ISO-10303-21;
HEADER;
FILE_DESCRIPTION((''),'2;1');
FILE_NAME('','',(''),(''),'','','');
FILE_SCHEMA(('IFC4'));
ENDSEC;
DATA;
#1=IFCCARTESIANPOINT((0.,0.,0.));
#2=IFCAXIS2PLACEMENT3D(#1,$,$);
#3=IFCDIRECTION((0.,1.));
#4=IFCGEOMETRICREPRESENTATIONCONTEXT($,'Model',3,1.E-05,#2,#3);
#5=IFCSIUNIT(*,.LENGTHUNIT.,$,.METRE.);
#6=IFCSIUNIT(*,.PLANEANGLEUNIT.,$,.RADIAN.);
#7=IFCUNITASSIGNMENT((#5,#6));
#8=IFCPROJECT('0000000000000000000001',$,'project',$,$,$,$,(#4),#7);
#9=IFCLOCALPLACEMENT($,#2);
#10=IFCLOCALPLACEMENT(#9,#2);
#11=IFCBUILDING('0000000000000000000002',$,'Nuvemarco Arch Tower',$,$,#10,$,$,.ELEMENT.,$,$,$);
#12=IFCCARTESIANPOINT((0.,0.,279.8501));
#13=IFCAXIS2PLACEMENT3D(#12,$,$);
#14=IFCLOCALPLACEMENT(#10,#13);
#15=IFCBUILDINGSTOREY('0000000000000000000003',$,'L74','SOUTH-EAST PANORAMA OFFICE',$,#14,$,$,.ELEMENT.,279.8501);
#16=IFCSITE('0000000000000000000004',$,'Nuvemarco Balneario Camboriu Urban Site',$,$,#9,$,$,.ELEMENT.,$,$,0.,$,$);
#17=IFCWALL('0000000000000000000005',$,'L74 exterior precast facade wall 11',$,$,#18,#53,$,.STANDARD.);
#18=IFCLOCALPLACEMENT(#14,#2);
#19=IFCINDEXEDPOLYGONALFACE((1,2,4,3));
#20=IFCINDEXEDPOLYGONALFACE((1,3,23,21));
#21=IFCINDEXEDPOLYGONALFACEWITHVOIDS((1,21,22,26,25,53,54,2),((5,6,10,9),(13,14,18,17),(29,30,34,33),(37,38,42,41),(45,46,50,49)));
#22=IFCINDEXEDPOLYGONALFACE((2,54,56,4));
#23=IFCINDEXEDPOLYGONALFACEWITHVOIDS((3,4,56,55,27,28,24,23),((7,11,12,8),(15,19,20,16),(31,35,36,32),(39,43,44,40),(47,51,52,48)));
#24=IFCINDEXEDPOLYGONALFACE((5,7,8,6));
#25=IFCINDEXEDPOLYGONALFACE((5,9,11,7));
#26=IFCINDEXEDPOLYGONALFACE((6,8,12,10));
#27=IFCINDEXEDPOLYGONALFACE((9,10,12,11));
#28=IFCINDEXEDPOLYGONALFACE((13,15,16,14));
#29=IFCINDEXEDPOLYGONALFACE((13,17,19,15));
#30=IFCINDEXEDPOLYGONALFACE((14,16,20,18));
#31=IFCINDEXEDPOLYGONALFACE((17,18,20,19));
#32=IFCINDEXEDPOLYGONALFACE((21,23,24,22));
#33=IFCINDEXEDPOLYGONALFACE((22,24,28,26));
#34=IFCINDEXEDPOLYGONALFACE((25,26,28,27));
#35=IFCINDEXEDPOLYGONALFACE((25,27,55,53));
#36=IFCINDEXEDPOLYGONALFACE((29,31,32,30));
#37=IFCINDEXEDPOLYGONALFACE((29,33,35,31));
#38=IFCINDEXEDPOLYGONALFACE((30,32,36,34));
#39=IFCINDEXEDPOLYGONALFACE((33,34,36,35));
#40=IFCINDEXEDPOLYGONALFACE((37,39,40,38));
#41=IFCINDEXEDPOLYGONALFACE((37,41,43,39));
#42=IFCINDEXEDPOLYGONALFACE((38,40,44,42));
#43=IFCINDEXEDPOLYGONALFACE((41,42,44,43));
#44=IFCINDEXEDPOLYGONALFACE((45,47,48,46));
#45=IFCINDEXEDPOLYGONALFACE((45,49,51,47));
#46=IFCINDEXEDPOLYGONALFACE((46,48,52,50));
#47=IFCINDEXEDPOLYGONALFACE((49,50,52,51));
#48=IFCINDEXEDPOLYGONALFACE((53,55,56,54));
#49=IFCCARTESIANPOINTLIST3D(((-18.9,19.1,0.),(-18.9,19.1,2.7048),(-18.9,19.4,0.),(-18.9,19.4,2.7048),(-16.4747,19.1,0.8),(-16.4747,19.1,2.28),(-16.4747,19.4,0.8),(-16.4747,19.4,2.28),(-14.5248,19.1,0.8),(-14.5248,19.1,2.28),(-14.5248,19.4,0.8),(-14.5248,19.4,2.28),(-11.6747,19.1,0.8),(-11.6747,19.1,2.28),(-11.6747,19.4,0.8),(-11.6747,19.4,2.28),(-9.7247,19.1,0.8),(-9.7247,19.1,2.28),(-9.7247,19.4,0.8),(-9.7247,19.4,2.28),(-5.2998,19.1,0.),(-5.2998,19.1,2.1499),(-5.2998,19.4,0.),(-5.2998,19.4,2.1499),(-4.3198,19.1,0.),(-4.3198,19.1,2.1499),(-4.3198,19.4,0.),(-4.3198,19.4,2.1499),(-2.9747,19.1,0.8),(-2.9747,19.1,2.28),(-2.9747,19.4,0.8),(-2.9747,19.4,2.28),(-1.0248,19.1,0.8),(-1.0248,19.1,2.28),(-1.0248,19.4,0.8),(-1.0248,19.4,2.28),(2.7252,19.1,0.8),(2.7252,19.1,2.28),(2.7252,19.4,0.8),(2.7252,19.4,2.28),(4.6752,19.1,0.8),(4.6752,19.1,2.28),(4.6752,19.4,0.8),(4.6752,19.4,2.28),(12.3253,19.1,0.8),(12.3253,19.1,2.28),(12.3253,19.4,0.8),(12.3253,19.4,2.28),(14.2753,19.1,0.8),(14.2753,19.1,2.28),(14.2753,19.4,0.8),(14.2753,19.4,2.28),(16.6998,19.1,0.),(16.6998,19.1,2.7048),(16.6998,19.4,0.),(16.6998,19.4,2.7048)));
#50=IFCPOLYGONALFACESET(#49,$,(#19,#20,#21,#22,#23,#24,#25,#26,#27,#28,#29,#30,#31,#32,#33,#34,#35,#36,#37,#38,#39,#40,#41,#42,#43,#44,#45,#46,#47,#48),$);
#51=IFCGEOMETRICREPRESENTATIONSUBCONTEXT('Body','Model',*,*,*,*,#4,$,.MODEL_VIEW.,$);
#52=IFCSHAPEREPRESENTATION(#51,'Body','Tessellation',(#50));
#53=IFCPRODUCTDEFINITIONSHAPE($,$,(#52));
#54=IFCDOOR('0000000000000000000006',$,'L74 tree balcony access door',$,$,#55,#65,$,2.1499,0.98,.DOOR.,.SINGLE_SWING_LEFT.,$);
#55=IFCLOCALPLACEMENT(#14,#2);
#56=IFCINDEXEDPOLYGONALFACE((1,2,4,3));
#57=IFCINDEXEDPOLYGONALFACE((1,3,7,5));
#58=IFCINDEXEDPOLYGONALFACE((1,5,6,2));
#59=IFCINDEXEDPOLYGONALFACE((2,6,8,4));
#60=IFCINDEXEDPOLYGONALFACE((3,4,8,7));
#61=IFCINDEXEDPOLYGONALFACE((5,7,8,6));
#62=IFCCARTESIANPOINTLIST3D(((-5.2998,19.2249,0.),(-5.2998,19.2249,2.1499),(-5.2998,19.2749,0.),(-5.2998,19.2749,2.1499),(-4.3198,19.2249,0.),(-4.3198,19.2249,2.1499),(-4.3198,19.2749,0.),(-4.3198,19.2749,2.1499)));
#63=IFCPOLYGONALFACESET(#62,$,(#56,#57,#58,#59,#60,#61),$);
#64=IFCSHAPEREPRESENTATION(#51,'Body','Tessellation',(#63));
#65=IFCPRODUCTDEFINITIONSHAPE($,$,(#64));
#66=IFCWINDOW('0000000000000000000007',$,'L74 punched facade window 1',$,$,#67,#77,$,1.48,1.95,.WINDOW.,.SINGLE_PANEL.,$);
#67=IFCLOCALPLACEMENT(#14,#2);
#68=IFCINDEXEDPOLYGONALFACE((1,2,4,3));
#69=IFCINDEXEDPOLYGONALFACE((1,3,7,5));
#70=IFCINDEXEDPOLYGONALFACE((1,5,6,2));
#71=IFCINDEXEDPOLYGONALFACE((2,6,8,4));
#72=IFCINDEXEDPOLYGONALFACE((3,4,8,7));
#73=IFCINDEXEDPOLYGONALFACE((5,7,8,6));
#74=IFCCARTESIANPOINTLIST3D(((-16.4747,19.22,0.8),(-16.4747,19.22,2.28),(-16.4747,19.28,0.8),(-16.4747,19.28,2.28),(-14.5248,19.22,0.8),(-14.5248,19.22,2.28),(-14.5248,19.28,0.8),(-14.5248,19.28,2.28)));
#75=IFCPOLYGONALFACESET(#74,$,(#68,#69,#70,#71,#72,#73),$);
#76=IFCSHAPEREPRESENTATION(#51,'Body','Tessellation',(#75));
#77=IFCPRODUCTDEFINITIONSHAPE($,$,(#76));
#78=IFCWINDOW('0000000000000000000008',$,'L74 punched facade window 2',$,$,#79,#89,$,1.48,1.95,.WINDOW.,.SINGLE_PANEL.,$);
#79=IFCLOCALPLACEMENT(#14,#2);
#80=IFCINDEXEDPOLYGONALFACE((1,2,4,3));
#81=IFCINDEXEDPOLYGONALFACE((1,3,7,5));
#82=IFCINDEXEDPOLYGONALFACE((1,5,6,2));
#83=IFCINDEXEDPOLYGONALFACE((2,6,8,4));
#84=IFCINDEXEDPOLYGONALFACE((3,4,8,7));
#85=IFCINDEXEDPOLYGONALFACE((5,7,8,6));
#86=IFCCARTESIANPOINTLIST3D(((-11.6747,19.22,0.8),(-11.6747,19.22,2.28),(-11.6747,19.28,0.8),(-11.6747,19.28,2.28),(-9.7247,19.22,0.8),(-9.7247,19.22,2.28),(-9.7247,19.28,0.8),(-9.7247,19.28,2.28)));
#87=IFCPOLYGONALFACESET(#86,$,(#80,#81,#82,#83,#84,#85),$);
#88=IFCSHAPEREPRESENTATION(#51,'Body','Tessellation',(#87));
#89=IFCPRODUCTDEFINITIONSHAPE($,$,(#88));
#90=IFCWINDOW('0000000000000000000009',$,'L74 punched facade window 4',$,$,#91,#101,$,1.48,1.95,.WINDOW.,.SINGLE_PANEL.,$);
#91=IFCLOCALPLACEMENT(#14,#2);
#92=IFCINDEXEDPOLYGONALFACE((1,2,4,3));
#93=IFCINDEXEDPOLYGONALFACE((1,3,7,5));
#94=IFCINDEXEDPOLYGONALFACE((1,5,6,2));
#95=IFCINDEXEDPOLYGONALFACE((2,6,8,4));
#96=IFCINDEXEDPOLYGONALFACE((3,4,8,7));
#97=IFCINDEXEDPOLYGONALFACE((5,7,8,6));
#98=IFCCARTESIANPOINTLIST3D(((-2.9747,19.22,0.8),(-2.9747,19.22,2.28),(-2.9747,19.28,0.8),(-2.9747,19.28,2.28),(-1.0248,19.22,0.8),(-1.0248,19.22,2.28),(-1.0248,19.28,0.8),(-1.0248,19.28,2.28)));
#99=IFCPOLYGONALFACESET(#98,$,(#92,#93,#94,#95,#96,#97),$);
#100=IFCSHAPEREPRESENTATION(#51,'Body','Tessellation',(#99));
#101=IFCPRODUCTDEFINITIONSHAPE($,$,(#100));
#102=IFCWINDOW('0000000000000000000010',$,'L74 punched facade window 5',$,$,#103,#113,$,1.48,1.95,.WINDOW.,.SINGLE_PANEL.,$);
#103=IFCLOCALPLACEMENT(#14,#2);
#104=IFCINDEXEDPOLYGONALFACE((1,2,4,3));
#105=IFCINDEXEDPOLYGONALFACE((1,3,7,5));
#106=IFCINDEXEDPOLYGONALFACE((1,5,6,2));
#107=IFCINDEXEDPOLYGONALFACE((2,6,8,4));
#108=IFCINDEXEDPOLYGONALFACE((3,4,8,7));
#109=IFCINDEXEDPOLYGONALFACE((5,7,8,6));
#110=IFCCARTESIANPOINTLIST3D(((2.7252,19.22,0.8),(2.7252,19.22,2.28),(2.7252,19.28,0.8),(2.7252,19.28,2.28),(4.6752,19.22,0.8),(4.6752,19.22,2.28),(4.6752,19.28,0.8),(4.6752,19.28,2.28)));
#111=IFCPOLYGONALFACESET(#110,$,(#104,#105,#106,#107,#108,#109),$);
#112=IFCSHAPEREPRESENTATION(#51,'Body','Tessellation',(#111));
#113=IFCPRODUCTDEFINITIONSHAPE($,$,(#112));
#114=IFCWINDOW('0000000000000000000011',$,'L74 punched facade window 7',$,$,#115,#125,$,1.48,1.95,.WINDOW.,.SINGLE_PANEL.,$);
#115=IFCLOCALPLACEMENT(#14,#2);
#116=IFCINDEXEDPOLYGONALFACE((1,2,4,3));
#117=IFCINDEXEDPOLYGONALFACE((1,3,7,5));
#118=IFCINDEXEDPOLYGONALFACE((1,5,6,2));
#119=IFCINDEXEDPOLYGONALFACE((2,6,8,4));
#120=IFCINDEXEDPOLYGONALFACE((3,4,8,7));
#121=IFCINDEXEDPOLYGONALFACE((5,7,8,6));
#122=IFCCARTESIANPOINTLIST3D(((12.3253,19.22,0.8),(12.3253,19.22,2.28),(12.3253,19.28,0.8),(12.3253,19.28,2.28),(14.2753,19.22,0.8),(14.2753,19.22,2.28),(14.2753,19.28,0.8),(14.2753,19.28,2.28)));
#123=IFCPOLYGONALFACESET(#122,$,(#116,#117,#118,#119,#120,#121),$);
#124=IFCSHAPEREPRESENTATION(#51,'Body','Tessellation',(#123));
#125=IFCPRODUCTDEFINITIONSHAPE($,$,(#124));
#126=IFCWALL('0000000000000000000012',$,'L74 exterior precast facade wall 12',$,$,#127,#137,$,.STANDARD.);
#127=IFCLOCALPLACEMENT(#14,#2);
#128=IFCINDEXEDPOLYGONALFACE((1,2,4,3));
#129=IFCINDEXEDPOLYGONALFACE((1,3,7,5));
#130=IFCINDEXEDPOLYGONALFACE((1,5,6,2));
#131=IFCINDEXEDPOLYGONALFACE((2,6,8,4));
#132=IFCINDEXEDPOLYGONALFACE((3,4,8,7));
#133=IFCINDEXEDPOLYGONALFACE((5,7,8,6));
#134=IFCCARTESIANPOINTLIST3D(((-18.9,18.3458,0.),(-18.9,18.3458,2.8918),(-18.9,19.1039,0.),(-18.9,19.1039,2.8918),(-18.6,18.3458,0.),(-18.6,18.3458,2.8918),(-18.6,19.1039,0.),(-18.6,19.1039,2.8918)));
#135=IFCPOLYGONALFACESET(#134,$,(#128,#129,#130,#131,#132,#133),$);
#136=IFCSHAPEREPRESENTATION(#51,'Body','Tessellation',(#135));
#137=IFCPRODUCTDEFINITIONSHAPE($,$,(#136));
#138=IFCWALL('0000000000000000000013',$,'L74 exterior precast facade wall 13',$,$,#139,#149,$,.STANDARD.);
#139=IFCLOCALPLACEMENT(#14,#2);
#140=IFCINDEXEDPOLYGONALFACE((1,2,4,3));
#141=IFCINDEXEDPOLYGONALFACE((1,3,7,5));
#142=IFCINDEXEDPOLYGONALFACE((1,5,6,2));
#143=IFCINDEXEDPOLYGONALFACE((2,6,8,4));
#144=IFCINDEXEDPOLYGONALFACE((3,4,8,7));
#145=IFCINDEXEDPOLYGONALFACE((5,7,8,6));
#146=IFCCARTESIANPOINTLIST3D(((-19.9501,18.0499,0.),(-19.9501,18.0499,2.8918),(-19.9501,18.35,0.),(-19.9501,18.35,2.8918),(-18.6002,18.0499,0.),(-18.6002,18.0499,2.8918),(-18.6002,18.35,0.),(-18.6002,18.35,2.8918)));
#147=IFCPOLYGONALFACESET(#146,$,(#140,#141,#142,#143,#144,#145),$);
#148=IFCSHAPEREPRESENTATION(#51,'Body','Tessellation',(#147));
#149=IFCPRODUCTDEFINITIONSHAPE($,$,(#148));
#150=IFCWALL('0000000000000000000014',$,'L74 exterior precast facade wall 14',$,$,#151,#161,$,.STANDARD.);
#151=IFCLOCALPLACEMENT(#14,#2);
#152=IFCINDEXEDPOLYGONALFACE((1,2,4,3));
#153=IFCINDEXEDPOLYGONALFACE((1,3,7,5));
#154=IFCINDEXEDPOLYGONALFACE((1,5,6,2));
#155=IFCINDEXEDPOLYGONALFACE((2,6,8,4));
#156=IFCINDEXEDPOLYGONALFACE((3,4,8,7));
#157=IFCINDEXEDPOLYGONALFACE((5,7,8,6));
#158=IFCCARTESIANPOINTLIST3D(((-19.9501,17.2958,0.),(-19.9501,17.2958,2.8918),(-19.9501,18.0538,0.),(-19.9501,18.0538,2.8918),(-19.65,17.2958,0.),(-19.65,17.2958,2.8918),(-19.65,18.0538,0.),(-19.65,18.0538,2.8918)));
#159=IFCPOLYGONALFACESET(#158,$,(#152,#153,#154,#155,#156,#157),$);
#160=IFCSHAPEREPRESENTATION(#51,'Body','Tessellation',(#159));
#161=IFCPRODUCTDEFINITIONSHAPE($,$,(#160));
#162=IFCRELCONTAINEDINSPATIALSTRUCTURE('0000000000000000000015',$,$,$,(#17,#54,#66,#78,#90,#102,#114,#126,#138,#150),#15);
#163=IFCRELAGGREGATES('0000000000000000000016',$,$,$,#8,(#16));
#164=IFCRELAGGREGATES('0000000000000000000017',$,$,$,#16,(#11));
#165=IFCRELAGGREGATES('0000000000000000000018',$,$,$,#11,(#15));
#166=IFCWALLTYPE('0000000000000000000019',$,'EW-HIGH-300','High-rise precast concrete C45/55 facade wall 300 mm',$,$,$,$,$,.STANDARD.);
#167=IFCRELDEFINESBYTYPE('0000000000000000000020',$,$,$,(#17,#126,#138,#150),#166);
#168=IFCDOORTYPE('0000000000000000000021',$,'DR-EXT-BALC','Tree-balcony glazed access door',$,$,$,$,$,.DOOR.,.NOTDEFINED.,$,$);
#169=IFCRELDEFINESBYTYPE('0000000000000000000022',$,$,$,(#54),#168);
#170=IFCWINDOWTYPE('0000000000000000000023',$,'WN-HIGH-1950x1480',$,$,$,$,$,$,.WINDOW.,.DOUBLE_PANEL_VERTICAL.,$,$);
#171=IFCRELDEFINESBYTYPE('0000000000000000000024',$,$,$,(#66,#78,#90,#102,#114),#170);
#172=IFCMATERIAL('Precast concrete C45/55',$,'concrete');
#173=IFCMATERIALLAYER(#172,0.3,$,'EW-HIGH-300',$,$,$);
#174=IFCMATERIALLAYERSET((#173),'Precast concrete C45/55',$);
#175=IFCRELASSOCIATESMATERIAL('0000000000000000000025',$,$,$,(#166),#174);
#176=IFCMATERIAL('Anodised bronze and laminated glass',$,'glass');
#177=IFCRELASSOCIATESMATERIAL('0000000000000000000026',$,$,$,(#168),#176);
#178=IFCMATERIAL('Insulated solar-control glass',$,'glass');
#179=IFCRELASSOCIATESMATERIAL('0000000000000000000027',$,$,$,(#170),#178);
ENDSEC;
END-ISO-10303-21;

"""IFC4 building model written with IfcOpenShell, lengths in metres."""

from ifc_helpers import new_model, si_unit, direction, frame, frame_2d, origin, place, context, subcontext, project, spatial, rectangle, extrude, source, transform, mapped, material, layer, layer_set, type_object, type_shapes, element, fill, save


model = new_model("IFC4")

# Units and contexts
model_context = context("Model", 3, precision=1e-05, world=origin(), true_north=direction((0.0, 1.0)))
body_context = subcontext(model_context, "Body", "Model", "MODEL_VIEW")
ifc_project = project(units=[si_unit("LENGTHUNIT", "METRE"), si_unit("PLANEANGLEUNIT", "RADIAN")], contexts=[model_context])

# Site, building, storey
site_placement = place(None, origin())
site = spatial("IfcSite", under=ifc_project, at=site_placement, Name="Nuvemarco Balneario Camboriu Urban Site", CompositionType="ELEMENT", RefElevation=0.0)
building_placement = place(site_placement, origin())
building = spatial("IfcBuilding", under=site, at=building_placement, Name="Nuvemarco Arch Tower", CompositionType="ELEMENT")
storey_placement = place(building_placement, frame((0.0, 0.0, 279.8501)))
storey = spatial("IfcBuildingStorey", under=building, at=storey_placement, Name="L74", Description="SOUTH-EAST PANORAMA OFFICE", CompositionType="ELEMENT", Elevation=279.8501)

# Wall, openings, door, windows
ifc_material_1 = material(Name="Precast concrete C45/55", Category="concrete")
ifc_layer_1 = layer(ifc_material_1, 0.3, Name="EW-HIGH-300")
ifc_layer_set_1 = layer_set([ifc_layer_1], Name="Precast concrete C45/55")
wall_type_1 = type_object("IfcWallType", Name="EW-HIGH-300", Description="High-rise precast concrete C45/55 facade wall 300 mm", PredefinedType="STANDARD", material=ifc_layer_set_1)
wall_1_placement = place(storey_placement, frame((-18.8999, 19.25, 0.0), z_axis=(0.0, 0.0, 1.0), x_axis=(1.0, 0.0, 0.0)))
wall_1 = element("IfcWall", 1, at=wall_1_placement, inside=storey, type_object=wall_type_1, Name="L74 exterior precast facade wall 11", PredefinedType="STANDARD", context=body_context, shape_type="SweptSolid", body=[
    extrude(rectangle(XDim=35.5999, YDim=0.3, at=frame_2d((17.7998, 0.0))), origin(), (0.0, 0.0, 1.0), 2.7048),
])
opening_1_placement = place(wall_1_placement, frame((13.6001, 0.0, 0.0)))
opening_1 = element("IfcOpeningElement", 2, at=opening_1_placement, cuts=wall_1, PredefinedType="OPENING", context=body_context, shape_type="SweptSolid", body=[
    extrude(rectangle(XDim=0.98, YDim=2.1499, at=frame_2d((0.49, 1.075))), frame((0.0, 0.1599, 0.0), z_axis=(0.0, -1.0, 0.0), x_axis=(1.0, 0.0, 0.0)), (0.0, 0.0, 1.0), 0.3201),
])
opening_2_placement = place(wall_1_placement, frame((2.425, 0.0, 0.8)))
opening_2 = element("IfcOpeningElement", 3, at=opening_2_placement, cuts=wall_1, PredefinedType="OPENING", context=body_context, shape_type="SweptSolid", body=[
    extrude(rectangle(XDim=1.95, YDim=1.48, at=frame_2d((0.9751, 0.74))), frame((0.0, 0.1599, 0.0), z_axis=(0.0, -1.0, 0.0), x_axis=(1.0, 0.0, 0.0)), (0.0, 0.0, 1.0), 0.3201),
])
opening_3_placement = place(wall_1_placement, frame((7.2251, 0.0, 0.8)))
opening_3 = element("IfcOpeningElement", 4, at=opening_3_placement, cuts=wall_1, PredefinedType="OPENING", context=body_context, shape_type="SweptSolid", body=[
    extrude(rectangle(XDim=1.95, YDim=1.48, at=frame_2d((0.9751, 0.74))), frame((0.0, 0.1599, 0.0), z_axis=(0.0, -1.0, 0.0), x_axis=(1.0, 0.0, 0.0)), (0.0, 0.0, 1.0), 0.3201),
])
opening_4_placement = place(wall_1_placement, frame((15.925, 0.0, 0.8)))
opening_4 = element("IfcOpeningElement", 5, at=opening_4_placement, cuts=wall_1, PredefinedType="OPENING", context=body_context, shape_type="SweptSolid", body=[
    extrude(rectangle(XDim=1.95, YDim=1.48, at=frame_2d((0.9751, 0.74))), frame((0.0, 0.1599, 0.0), z_axis=(0.0, -1.0, 0.0), x_axis=(1.0, 0.0, 0.0)), (0.0, 0.0, 1.0), 0.3201),
])
opening_5_placement = place(wall_1_placement, frame((21.625, 0.0, 0.8)))
opening_5 = element("IfcOpeningElement", 6, at=opening_5_placement, cuts=wall_1, PredefinedType="OPENING", context=body_context, shape_type="SweptSolid", body=[
    extrude(rectangle(XDim=1.95, YDim=1.48, at=frame_2d((0.9751, 0.74))), frame((0.0, 0.1599, 0.0), z_axis=(0.0, -1.0, 0.0), x_axis=(1.0, 0.0, 0.0)), (0.0, 0.0, 1.0), 0.3201),
])
opening_6_placement = place(wall_1_placement, frame((31.2251, 0.0, 0.8)))
opening_6 = element("IfcOpeningElement", 7, at=opening_6_placement, cuts=wall_1, PredefinedType="OPENING", context=body_context, shape_type="SweptSolid", body=[
    extrude(rectangle(XDim=1.95, YDim=1.48, at=frame_2d((0.9751, 0.74))), frame((0.0, 0.1599, 0.0), z_axis=(0.0, -1.0, 0.0), x_axis=(1.0, 0.0, 0.0)), (0.0, 0.0, 1.0), 0.3201),
])
ifc_material_2 = material(Name="Anodised bronze and laminated glass", Category="glass")
door_type_1 = type_object("IfcDoorType", Name="DR-EXT-BALC", Description="Tree-balcony glazed access door", OperationType="NOTDEFINED", PredefinedType="DOOR", material=ifc_material_2)
shared_shape_1 = source(origin(), body_context, "Body", "SweptSolid", [
    extrude(rectangle(XDim=0.98, YDim=2.1499, at=frame_2d((0.49, 1.075))), frame((0.0, 0.0249, 0.0), z_axis=(0.0, -1.0, 0.0), x_axis=(1.0, 0.0, 0.0)), (0.0, 0.0, 1.0), 0.05),
])
type_shapes(door_type_1, [shared_shape_1])
door_1_placement = place(opening_1_placement, origin())
door_1 = element("IfcDoor", 8, at=door_1_placement, inside=storey, type_object=door_type_1, Name="L74 tree balcony access door", OperationType="SINGLE_SWING_LEFT", OverallHeight=2.1499, OverallWidth=0.98, PredefinedType="DOOR", context=body_context, shape_type="MappedRepresentation", body=[
    mapped(shared_shape_1, transform((0.0, 0.0, 0.0), scale=1.0)),
])
fill(opening_1, door_1)
ifc_material_3 = material(Name="Insulated solar-control glass", Category="glass")
window_type = type_object("IfcWindowType", Name="WN-HIGH-1950x1480", PartitioningType="DOUBLE_PANEL_VERTICAL", PredefinedType="WINDOW", material=ifc_material_3)
shared_shape_2 = source(origin(), body_context, "Body", "SweptSolid", [
    extrude(rectangle(XDim=1.95, YDim=1.48, at=frame_2d((0.9751, 0.74))), frame((0.0, 0.03, 0.0), z_axis=(0.0, -1.0, 0.0), x_axis=(1.0, 0.0, 0.0)), (0.0, 0.0, 1.0), 0.0601),
])
type_shapes(window_type, [shared_shape_2])
window_1_placement = place(opening_2_placement, origin())
window_1 = element("IfcWindow", 9, at=window_1_placement, inside=storey, type_object=window_type, Name="L74 punched facade window 1", OverallHeight=1.48, OverallWidth=1.95, PartitioningType="SINGLE_PANEL", PredefinedType="WINDOW", context=body_context, shape_type="MappedRepresentation", body=[
    mapped(shared_shape_2, transform((0.0, 0.0, 0.0), scale=1.0)),
])
fill(opening_2, window_1)
window_2_placement = place(opening_3_placement, origin())
window_2 = element("IfcWindow", 10, at=window_2_placement, inside=storey, type_object=window_type, Name="L74 punched facade window 2", OverallHeight=1.48, OverallWidth=1.95, PartitioningType="SINGLE_PANEL", PredefinedType="WINDOW", context=body_context, shape_type="MappedRepresentation", body=[
    mapped(shared_shape_2, transform((0.0, 0.0, 0.0), scale=1.0)),
])
fill(opening_3, window_2)
window_3_placement = place(opening_4_placement, origin())
window_3 = element("IfcWindow", 11, at=window_3_placement, inside=storey, type_object=window_type, Name="L74 punched facade window 4", OverallHeight=1.48, OverallWidth=1.95, PartitioningType="SINGLE_PANEL", PredefinedType="WINDOW", context=body_context, shape_type="MappedRepresentation", body=[
    mapped(shared_shape_2, transform((0.0, 0.0, 0.0), scale=1.0)),
])
fill(opening_4, window_3)
window_4_placement = place(opening_5_placement, origin())
window_4 = element("IfcWindow", 12, at=window_4_placement, inside=storey, type_object=window_type, Name="L74 punched facade window 5", OverallHeight=1.48, OverallWidth=1.95, PartitioningType="SINGLE_PANEL", PredefinedType="WINDOW", context=body_context, shape_type="MappedRepresentation", body=[
    mapped(shared_shape_2, transform((0.0, 0.0, 0.0), scale=1.0)),
])
fill(opening_5, window_4)
window_5_placement = place(opening_6_placement, origin())
window_5 = element("IfcWindow", 13, at=window_5_placement, inside=storey, type_object=window_type, Name="L74 punched facade window 7", OverallHeight=1.48, OverallWidth=1.95, PartitioningType="SINGLE_PANEL", PredefinedType="WINDOW", context=body_context, shape_type="MappedRepresentation", body=[
    mapped(shared_shape_2, transform((0.0, 0.0, 0.0), scale=1.0)),
])
fill(opening_6, window_5)

# Walls
wall_2_placement = place(storey_placement, frame((-18.75, 18.3459, 0.0), z_axis=(0.0, 0.0, 1.0), x_axis=(0.0, 1.0, 0.0)))
element("IfcWall", 14, at=wall_2_placement, inside=storey, type_object=wall_type_1, Name="L74 exterior precast facade wall 12", PredefinedType="STANDARD", context=body_context, shape_type="SweptSolid", body=[
    extrude(rectangle(XDim=0.7581, YDim=0.3, at=frame_2d((0.3789, 0.0))), origin(), (0.0, 0.0, 1.0), 2.8918),
])
wall_3_placement = place(storey_placement, frame((-19.95, 18.2, 0.0), z_axis=(0.0, 0.0, 1.0), x_axis=(1.0, 0.0, 0.0)))
element("IfcWall", 15, at=wall_3_placement, inside=storey, type_object=wall_type_1, Name="L74 exterior precast facade wall 13", PredefinedType="STANDARD", context=body_context, shape_type="SweptSolid", body=[
    extrude(rectangle(XDim=1.3499, YDim=0.3, at=frame_2d((0.6748, 0.0))), origin(), (0.0, 0.0, 1.0), 2.8918),
])
wall_4_placement = place(storey_placement, frame((-19.8, 17.2959, 0.0), z_axis=(0.0, 0.0, 1.0), x_axis=(0.0, 1.0, 0.0)))
element("IfcWall", 16, at=wall_4_placement, inside=storey, type_object=wall_type_1, Name="L74 exterior precast facade wall 14", PredefinedType="STANDARD", context=body_context, shape_type="SweptSolid", body=[
    extrude(rectangle(XDim=0.7581, YDim=0.3, at=frame_2d((0.3789, 0.0))), origin(), (0.0, 0.0, 1.0), 2.8918),
])

save(model, "model.ifc")
